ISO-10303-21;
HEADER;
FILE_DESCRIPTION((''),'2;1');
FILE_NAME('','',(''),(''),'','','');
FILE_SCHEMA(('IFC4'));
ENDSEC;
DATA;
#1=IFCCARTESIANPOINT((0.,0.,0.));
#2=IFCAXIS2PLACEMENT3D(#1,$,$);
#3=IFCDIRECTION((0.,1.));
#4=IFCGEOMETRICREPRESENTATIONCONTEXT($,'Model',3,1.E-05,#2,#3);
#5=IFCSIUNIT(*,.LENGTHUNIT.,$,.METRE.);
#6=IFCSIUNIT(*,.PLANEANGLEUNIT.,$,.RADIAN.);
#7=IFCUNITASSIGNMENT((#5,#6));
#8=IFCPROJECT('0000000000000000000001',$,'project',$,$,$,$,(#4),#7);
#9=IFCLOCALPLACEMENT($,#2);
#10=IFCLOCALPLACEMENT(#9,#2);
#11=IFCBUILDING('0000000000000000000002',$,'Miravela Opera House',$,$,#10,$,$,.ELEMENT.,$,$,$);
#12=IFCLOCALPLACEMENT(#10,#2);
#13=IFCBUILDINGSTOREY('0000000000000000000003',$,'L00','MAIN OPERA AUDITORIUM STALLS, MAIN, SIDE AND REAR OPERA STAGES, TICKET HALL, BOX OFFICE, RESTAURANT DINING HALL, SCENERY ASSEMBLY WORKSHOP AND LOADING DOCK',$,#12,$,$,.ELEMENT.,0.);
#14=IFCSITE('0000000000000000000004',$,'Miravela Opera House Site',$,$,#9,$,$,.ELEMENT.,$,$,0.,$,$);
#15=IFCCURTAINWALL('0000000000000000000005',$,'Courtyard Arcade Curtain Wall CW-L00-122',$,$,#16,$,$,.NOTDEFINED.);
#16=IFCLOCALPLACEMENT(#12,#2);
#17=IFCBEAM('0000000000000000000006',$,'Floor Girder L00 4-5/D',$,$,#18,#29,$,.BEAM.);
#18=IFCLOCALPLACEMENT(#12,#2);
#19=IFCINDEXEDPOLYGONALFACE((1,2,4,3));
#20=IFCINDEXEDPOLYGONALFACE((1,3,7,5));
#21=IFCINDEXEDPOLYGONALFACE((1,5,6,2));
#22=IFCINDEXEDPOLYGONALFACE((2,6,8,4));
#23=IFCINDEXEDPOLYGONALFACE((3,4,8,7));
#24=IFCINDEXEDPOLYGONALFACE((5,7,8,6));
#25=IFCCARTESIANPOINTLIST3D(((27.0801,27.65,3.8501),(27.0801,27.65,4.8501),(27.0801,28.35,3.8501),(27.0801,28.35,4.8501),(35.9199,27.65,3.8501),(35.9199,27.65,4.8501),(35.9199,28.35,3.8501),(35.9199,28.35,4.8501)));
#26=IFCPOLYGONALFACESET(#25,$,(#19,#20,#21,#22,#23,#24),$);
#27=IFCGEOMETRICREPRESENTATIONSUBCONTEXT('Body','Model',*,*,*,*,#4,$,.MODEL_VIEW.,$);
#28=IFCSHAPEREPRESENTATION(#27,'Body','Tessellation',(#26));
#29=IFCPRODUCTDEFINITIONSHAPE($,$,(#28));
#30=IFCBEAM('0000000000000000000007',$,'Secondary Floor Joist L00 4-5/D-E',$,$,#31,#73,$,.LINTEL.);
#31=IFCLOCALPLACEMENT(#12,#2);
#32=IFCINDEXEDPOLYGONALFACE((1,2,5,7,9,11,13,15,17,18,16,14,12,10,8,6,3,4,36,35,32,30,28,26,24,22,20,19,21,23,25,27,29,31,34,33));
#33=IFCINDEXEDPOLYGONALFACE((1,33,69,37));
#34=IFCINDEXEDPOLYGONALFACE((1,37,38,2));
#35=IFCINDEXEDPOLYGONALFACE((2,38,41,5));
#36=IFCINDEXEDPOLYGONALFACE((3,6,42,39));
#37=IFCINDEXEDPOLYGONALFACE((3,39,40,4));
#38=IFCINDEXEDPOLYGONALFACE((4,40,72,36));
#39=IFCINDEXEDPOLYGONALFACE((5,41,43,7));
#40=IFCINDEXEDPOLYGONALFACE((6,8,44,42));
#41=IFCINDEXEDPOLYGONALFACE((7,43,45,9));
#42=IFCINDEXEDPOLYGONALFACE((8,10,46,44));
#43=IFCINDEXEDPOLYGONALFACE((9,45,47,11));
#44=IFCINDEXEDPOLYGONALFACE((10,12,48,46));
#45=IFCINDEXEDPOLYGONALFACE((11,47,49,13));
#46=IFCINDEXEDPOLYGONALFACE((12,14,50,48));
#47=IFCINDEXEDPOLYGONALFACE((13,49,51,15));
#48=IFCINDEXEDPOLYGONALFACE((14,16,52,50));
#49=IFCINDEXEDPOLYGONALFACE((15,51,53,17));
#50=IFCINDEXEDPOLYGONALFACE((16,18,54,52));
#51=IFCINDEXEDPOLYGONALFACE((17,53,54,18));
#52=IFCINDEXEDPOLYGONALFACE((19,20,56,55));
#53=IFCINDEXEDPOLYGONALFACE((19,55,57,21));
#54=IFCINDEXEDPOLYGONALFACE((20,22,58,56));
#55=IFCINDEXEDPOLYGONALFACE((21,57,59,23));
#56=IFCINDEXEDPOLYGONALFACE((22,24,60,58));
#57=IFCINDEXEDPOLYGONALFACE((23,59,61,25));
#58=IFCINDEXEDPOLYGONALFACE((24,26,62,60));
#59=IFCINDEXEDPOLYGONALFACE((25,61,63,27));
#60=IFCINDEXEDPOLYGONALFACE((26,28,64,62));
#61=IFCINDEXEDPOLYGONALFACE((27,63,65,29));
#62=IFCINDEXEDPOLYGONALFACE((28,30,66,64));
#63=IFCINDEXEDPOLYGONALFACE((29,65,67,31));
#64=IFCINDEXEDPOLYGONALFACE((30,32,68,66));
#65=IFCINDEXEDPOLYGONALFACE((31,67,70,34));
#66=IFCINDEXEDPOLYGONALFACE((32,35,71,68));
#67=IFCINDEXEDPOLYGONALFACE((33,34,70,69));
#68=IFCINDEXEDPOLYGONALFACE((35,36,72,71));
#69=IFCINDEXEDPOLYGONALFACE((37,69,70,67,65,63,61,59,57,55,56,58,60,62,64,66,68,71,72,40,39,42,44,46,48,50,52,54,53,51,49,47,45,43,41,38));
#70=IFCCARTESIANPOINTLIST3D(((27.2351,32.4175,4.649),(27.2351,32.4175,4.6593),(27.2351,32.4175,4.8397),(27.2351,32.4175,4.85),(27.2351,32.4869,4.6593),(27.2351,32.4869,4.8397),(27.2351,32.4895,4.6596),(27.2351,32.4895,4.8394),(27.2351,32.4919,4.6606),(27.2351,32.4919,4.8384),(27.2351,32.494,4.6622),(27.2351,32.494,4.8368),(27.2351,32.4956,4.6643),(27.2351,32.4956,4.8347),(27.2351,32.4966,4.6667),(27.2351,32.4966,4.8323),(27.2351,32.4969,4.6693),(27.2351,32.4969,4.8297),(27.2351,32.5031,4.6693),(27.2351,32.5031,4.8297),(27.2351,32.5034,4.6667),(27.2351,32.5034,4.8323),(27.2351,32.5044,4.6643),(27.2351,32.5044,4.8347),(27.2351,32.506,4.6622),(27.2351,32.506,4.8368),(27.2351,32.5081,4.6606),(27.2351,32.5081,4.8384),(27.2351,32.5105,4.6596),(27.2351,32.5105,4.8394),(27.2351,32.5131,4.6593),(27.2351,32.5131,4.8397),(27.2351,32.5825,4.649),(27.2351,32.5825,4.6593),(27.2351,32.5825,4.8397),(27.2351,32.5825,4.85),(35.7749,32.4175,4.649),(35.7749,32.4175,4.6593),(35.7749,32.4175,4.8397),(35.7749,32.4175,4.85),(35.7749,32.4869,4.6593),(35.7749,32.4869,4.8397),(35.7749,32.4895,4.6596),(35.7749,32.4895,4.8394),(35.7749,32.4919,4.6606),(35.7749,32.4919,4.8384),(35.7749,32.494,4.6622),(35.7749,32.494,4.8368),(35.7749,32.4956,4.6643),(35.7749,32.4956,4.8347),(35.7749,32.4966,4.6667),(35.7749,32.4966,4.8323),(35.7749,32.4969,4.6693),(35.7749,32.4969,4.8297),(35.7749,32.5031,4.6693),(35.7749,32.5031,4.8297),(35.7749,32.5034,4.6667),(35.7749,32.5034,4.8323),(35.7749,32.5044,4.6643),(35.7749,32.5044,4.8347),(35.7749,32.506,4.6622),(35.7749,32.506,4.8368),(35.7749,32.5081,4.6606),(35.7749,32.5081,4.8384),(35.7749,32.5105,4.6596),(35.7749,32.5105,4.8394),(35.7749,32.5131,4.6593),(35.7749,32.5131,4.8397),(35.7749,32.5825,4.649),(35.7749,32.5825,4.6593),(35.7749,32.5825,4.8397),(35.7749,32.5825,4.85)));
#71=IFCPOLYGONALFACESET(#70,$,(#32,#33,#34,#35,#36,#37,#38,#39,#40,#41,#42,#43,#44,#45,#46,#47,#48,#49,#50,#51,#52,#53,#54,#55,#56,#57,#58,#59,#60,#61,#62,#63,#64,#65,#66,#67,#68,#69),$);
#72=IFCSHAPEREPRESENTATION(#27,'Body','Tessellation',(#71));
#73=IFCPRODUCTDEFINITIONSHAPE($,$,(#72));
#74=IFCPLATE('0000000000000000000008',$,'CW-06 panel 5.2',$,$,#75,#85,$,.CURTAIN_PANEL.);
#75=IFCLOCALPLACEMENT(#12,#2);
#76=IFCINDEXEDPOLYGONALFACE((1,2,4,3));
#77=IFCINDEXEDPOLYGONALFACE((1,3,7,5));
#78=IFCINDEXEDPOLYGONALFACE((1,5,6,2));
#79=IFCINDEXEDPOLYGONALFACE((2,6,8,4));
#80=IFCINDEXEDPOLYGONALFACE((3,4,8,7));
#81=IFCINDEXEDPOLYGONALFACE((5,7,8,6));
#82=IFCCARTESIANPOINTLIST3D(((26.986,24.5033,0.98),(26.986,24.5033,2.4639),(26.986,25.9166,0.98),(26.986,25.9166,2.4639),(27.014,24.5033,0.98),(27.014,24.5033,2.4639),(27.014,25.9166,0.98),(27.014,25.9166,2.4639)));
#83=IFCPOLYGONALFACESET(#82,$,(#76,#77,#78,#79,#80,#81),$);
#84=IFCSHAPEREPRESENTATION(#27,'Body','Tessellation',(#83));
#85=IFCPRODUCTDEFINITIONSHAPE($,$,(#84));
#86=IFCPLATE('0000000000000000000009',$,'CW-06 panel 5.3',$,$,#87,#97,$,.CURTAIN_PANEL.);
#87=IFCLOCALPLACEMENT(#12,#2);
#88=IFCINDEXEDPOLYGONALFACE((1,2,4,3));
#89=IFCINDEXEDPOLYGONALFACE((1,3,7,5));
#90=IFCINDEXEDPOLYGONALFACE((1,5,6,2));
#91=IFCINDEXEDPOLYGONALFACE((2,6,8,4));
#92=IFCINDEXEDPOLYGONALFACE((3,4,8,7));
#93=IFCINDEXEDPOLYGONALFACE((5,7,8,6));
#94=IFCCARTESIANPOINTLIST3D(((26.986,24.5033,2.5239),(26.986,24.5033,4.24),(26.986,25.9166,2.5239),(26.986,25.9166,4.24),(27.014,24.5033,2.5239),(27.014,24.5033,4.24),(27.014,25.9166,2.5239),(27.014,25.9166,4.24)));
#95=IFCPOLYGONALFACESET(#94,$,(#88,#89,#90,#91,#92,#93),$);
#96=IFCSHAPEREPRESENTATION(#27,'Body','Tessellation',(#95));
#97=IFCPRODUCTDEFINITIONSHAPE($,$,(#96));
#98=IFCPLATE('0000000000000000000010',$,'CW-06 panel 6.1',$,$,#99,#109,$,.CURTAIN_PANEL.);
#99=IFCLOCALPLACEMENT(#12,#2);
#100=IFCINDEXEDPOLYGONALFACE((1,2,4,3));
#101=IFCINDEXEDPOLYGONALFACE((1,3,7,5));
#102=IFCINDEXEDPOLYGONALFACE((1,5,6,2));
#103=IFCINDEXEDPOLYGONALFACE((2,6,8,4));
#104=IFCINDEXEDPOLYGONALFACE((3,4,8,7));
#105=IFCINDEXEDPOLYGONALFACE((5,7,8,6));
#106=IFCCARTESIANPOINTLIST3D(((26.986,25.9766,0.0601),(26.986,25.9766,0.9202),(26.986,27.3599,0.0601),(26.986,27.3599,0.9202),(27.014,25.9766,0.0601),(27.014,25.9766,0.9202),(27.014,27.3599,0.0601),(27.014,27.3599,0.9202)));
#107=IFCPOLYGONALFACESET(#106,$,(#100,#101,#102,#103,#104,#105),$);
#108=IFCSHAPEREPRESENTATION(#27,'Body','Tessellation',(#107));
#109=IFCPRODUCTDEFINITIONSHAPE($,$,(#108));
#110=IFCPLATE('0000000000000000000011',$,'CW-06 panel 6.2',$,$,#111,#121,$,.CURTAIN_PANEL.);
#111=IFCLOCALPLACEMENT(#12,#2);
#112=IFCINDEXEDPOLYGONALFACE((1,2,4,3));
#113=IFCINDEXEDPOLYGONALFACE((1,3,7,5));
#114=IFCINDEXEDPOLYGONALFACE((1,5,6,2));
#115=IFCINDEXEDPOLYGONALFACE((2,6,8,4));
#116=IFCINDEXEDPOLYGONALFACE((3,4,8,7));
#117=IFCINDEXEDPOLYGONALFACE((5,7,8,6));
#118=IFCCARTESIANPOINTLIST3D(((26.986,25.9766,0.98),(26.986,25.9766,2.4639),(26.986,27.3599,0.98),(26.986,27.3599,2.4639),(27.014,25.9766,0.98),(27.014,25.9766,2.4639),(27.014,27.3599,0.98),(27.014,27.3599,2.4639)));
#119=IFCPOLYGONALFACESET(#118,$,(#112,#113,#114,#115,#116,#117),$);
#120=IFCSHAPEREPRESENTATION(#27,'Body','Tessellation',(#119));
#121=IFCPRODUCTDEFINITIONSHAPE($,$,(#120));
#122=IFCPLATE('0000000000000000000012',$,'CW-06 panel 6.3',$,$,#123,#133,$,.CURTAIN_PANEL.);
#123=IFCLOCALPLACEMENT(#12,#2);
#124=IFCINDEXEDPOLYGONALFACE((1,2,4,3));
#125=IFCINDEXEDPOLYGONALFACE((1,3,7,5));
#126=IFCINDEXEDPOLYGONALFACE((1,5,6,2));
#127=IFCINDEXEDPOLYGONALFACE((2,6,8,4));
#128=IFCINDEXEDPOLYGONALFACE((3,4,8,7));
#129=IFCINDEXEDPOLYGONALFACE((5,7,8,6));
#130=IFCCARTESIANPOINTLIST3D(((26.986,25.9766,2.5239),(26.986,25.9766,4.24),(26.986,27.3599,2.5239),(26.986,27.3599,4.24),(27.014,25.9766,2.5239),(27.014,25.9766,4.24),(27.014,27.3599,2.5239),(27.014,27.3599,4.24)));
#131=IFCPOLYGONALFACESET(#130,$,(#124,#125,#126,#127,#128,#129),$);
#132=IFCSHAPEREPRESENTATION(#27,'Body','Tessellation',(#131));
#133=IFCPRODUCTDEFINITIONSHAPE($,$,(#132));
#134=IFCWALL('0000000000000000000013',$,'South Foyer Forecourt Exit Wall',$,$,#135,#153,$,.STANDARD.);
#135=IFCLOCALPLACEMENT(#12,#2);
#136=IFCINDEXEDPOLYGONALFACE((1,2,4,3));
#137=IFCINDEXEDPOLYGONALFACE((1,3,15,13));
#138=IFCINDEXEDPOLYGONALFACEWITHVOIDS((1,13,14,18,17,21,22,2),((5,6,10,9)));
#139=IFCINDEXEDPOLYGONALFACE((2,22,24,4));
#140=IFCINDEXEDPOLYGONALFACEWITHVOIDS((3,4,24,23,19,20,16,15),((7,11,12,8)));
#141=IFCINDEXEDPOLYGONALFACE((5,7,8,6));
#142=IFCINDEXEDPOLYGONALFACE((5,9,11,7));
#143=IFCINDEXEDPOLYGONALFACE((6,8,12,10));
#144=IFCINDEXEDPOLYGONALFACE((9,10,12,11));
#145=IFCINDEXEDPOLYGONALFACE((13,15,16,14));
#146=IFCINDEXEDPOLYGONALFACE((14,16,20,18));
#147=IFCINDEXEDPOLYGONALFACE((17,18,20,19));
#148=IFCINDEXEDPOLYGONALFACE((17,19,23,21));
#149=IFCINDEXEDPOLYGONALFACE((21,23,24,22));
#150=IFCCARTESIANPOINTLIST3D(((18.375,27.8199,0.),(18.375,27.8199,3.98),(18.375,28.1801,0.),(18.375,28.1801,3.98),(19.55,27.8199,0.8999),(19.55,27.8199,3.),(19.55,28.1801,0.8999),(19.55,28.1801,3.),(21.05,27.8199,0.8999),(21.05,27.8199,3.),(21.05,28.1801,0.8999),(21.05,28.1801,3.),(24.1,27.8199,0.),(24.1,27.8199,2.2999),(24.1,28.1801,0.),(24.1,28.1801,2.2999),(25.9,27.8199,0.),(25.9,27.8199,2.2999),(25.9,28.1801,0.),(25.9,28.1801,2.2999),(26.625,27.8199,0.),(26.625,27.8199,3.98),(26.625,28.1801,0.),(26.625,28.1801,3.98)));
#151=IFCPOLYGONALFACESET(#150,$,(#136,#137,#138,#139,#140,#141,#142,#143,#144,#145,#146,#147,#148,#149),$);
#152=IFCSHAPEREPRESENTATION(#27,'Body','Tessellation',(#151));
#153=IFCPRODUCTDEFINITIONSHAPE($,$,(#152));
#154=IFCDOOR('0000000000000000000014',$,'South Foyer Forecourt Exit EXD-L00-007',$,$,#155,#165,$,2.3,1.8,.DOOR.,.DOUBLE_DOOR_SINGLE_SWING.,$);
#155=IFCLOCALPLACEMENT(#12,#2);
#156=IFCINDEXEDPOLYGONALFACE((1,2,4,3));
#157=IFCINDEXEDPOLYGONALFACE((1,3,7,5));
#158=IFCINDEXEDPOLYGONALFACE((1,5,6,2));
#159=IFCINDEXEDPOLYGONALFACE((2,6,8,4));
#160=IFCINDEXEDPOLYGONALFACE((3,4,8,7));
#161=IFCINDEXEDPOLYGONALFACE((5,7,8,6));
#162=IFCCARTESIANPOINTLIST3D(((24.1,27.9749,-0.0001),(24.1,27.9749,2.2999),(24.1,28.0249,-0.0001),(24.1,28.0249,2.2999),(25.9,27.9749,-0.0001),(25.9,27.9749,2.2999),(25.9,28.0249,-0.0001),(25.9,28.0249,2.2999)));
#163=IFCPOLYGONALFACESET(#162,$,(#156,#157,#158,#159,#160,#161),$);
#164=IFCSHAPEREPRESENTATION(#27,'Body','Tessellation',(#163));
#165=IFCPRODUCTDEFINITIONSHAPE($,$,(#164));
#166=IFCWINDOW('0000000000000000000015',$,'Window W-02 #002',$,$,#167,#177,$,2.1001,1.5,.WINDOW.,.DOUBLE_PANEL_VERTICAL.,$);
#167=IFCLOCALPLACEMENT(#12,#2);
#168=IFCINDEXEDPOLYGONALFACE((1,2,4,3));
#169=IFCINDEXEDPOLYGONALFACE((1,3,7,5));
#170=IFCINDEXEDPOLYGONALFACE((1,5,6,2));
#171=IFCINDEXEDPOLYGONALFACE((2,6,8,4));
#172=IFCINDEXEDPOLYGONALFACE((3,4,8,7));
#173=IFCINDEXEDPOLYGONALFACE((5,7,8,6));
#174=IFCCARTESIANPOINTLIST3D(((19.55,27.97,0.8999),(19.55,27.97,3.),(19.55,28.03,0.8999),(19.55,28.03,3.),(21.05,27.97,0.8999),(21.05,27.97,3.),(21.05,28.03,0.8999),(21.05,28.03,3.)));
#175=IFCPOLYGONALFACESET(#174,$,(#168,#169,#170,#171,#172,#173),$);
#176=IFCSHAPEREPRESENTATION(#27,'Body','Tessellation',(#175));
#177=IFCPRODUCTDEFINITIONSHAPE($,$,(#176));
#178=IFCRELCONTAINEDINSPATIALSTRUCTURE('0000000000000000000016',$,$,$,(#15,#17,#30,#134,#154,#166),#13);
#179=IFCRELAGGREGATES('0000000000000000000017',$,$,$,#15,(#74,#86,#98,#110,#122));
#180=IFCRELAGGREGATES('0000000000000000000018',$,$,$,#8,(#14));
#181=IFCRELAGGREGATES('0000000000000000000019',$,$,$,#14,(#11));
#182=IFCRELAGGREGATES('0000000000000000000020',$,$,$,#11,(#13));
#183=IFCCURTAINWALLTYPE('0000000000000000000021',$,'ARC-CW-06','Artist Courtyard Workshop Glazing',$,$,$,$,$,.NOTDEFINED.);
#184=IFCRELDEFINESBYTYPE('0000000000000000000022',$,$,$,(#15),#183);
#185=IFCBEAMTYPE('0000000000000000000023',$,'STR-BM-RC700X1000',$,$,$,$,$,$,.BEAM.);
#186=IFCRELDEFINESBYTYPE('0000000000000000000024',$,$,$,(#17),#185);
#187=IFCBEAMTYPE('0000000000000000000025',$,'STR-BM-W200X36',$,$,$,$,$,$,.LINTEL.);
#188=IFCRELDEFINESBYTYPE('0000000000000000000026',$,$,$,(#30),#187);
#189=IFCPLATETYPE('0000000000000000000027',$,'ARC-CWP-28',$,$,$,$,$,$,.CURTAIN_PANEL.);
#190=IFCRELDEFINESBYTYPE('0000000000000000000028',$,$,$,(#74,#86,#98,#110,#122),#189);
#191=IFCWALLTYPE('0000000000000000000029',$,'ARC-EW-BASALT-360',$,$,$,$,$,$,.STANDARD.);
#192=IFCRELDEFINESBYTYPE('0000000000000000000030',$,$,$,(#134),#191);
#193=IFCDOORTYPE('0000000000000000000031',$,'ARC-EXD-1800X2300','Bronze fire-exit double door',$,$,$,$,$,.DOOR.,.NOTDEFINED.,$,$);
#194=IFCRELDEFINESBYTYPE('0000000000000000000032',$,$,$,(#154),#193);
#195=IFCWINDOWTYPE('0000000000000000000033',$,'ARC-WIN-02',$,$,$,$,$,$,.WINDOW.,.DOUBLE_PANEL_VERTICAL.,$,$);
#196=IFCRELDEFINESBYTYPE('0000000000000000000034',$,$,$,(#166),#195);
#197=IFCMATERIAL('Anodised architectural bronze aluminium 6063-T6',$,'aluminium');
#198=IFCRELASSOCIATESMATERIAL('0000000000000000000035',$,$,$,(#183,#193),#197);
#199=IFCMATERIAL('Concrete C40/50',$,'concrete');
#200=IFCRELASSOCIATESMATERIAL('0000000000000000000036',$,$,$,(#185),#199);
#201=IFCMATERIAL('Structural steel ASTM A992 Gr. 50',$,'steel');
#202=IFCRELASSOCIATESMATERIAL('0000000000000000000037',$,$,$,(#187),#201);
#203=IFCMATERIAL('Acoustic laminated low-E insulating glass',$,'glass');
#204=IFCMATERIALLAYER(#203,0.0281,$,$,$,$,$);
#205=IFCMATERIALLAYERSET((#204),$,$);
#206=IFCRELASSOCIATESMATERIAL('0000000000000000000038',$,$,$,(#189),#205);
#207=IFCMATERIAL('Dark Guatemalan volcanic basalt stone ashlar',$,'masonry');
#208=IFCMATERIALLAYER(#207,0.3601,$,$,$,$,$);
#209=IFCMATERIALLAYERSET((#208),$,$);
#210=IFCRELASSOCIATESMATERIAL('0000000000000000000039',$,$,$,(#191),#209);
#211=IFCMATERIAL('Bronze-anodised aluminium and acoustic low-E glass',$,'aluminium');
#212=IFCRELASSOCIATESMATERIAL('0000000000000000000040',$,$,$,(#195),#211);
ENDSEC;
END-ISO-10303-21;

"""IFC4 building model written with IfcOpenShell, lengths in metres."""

from ifc_helpers import new_model, si_unit, direction, frame, frame_2d, origin, origin_2d, place, context, subcontext, project, spatial, rectangle, i_section, extrude, material, layer, layer_set, material_profile, profile_set, type_object, element, fill, aggregate, save


model = new_model("IFC4")

# Units and contexts
model_context = context("Model", 3, precision=1e-05, world=origin(), true_north=direction((0.0, 1.0)))
body_context = subcontext(model_context, "Body", "Model", "MODEL_VIEW")
ifc_project = project(units=[si_unit("LENGTHUNIT", "METRE"), si_unit("PLANEANGLEUNIT", "RADIAN")], contexts=[model_context])

# Site, building, storey
site_placement = place(None, origin())
site = spatial("IfcSite", under=ifc_project, at=site_placement, Name="Miravela Opera House Site", CompositionType="ELEMENT", RefElevation=0.0)
building_placement = place(site_placement, origin())
building = spatial("IfcBuilding", under=site, at=building_placement, Name="Miravela Opera House", CompositionType="ELEMENT")
storey_placement = place(building_placement, origin())
storey = spatial("IfcBuildingStorey", under=building, at=storey_placement, Name="L00", Description="MAIN OPERA AUDITORIUM STALLS, MAIN, SIDE AND REAR OPERA STAGES, TICKET HALL, BOX OFFICE, RESTAURANT DINING HALL, SCENERY ASSEMBLY WORKSHOP AND LOADING DOCK", CompositionType="ELEMENT", Elevation=0.0)

# Shared definitions
ifc_material_1 = material(Name="Concrete C40/50", Category="concrete")

# Curtain wall
ifc_material_2 = material(Name="Anodised architectural bronze aluminium 6063-T6", Category="aluminium")
curtain_wall_type = type_object("IfcCurtainWallType", Name="ARC-CW-06", Description="Artist Courtyard Workshop Glazing", PredefinedType="NOTDEFINED", material=ifc_material_2)
curtain_wall_placement = place(storey_placement, origin())
curtain_wall = element("IfcCurtainWall", 1, at=curtain_wall_placement, inside=storey, type_object=curtain_wall_type, Name="Courtyard Arcade Curtain Wall CW-L00-122", PredefinedType="NOTDEFINED")

# Beams
ifc_material_profile_1 = material_profile(ifc_material_1, rectangle(XDim=0.7, YDim=1.0, at=origin_2d()), Name="RC-BM-700X1000")
ifc_profile_set_1 = profile_set([ifc_material_profile_1])
beam_type_1 = type_object("IfcBeamType", Name="STR-BM-RC700X1000", PredefinedType="BEAM", material=ifc_profile_set_1)
beam_1_placement = place(storey_placement, frame((27.0801, 28.0, 4.3501), z_axis=(1.0, 0.0, 0.0), x_axis=(0.0, 1.0, 0.0)))
element("IfcBeam", 2, at=beam_1_placement, inside=storey, type_object=beam_type_1, Name="Floor Girder L00 4-5/D", PredefinedType="BEAM", context=body_context, shape_type="SweptSolid", body=[
    extrude(rectangle(XDim=0.7, YDim=1.0, at=origin_2d()), origin(), (0.0, 0.0, 1.0), 8.8398),
])
ifc_material_3 = material(Name="Structural steel ASTM A992 Gr. 50", Category="steel")
ifc_material_profile_2 = material_profile(ifc_material_3, i_section(OverallWidth=0.165, OverallDepth=0.2009, WebThickness=0.0061, FlangeThickness=0.0103, FilletRadius=0.01, at=origin_2d()), Name="W200X36")
ifc_profile_set_2 = profile_set([ifc_material_profile_2])
beam_type_2 = type_object("IfcBeamType", Name="STR-BM-W200X36", PredefinedType="LINTEL", material=ifc_profile_set_2)
beam_2_placement = place(storey_placement, frame((27.2351, 32.5, 4.7495), z_axis=(1.0, 0.0, 0.0), x_axis=(0.0, 1.0, 0.0)))
element("IfcBeam", 3, at=beam_2_placement, inside=storey, type_object=beam_type_2, Name="Secondary Floor Joist L00 4-5/D-E", PredefinedType="LINTEL", context=body_context, shape_type="SweptSolid", body=[
    extrude(i_section(OverallWidth=0.165, OverallDepth=0.2009, WebThickness=0.0061, FlangeThickness=0.0103, FilletRadius=0.01, at=origin_2d()), origin(), (0.0, 0.0, 1.0), 8.5398),
])

# Plates
ifc_material_4 = material(Name="Acoustic laminated low-E insulating glass", Category="glass")
ifc_layer_1 = layer(ifc_material_4, 0.0281)
ifc_layer_set_1 = layer_set([ifc_layer_1])
plate_type = type_object("IfcPlateType", Name="ARC-CWP-28", PredefinedType="CURTAIN_PANEL", material=ifc_layer_set_1)
plate_1_placement = place(storey_placement, frame((27.0, 25.21, 0.98), z_axis=(0.0, 0.0, 1.0), x_axis=(0.0, 1.0, 0.0)))
plate_1 = element("IfcPlate", 4, at=plate_1_placement, type_object=plate_type, Name="CW-06 panel 5.2", PredefinedType="CURTAIN_PANEL", context=body_context, shape_type="SweptSolid", body=[
    extrude(rectangle(XDim=1.4133, YDim=0.0281, at=origin_2d()), origin(), (0.0, 0.0, 1.0), 1.4839),
])
plate_2_placement = place(storey_placement, frame((27.0, 25.21, 2.5239), z_axis=(0.0, 0.0, 1.0), x_axis=(0.0, 1.0, 0.0)))
plate_2 = element("IfcPlate", 5, at=plate_2_placement, type_object=plate_type, Name="CW-06 panel 5.3", PredefinedType="CURTAIN_PANEL", context=body_context, shape_type="SweptSolid", body=[
    extrude(rectangle(XDim=1.4133, YDim=0.0281, at=origin_2d()), origin(), (0.0, 0.0, 1.0), 1.7161),
])
plate_3_placement = place(storey_placement, frame((27.0, 26.6682, 0.0601), z_axis=(0.0, 0.0, 1.0), x_axis=(0.0, 1.0, 0.0)))
plate_3 = element("IfcPlate", 6, at=plate_3_placement, type_object=plate_type, Name="CW-06 panel 6.1", PredefinedType="CURTAIN_PANEL", context=body_context, shape_type="SweptSolid", body=[
    extrude(rectangle(XDim=1.3833, YDim=0.0281, at=origin_2d()), origin(), (0.0, 0.0, 1.0), 0.8601),
])
plate_4_placement = place(storey_placement, frame((27.0, 26.6682, 0.98), z_axis=(0.0, 0.0, 1.0), x_axis=(0.0, 1.0, 0.0)))
plate_4 = element("IfcPlate", 7, at=plate_4_placement, type_object=plate_type, Name="CW-06 panel 6.2", PredefinedType="CURTAIN_PANEL", context=body_context, shape_type="SweptSolid", body=[
    extrude(rectangle(XDim=1.3833, YDim=0.0281, at=origin_2d()), origin(), (0.0, 0.0, 1.0), 1.4839),
])
plate_5_placement = place(storey_placement, frame((27.0, 26.6682, 2.5239), z_axis=(0.0, 0.0, 1.0), x_axis=(0.0, 1.0, 0.0)))
plate_5 = element("IfcPlate", 8, at=plate_5_placement, type_object=plate_type, Name="CW-06 panel 6.3", PredefinedType="CURTAIN_PANEL", context=body_context, shape_type="SweptSolid", body=[
    extrude(rectangle(XDim=1.3833, YDim=0.0281, at=origin_2d()), origin(), (0.0, 0.0, 1.0), 1.7161),
])
aggregate(curtain_wall, [plate_1, plate_2, plate_3, plate_4, plate_5])

# Shared definitions
ifc_material_5 = material(Name="Dark Guatemalan volcanic basalt stone ashlar", Category="masonry")
ifc_layer_2 = layer(ifc_material_5, 0.3601)
ifc_layer_set_2 = layer_set([ifc_layer_2])
wall_type_1 = type_object("IfcWallType", Name="ARC-EW-BASALT-360", PredefinedType="STANDARD", material=ifc_layer_set_2)

# Wall, openings, door, window
wall_1_placement = place(storey_placement, frame((18.375, 28.0, 0.0), z_axis=(0.0, 0.0, 1.0), x_axis=(1.0, 0.0, 0.0)))
wall_1 = element("IfcWall", 9, at=wall_1_placement, inside=storey, type_object=wall_type_1, Name="South Foyer Forecourt Exit Wall", PredefinedType="STANDARD", context=body_context, shape_type="SweptSolid", body=[
    extrude(rectangle(XDim=8.25, YDim=0.3601, at=frame_2d((4.125, 0.0))), origin(), (0.0, 0.0, 1.0), 3.98),
])
opening_1_placement = place(wall_1_placement, frame((5.7251, 0.0, 0.0)))
opening_1 = element("IfcOpeningElement", 10, at=opening_1_placement, cuts=wall_1, PredefinedType="OPENING", context=body_context, shape_type="SweptSolid", body=[
    extrude(rectangle(XDim=1.8, YDim=2.3, at=frame_2d((0.8999, 1.1499))), frame((0.0, 0.1899, 0.0), z_axis=(0.0, -1.0, 0.0), x_axis=(1.0, 0.0, 0.0)), (0.0, 0.0, 1.0), 0.3801),
])
opening_2_placement = place(wall_1_placement, frame((1.175, 0.0, 0.8999)))
opening_2 = element("IfcOpeningElement", 11, at=opening_2_placement, cuts=wall_1, PredefinedType="OPENING", context=body_context, shape_type="SweptSolid", body=[
    extrude(rectangle(XDim=1.5, YDim=2.1001, at=frame_2d((0.75, 1.05))), frame((0.0, 0.1899, 0.0), z_axis=(0.0, -1.0, 0.0), x_axis=(1.0, 0.0, 0.0)), (0.0, 0.0, 1.0), 0.3801),
])
door_type_1 = type_object("IfcDoorType", Name="ARC-EXD-1800X2300", Description="Bronze fire-exit double door", OperationType="NOTDEFINED", PredefinedType="DOOR", material=ifc_material_2)
door_1_placement = place(opening_1_placement, origin())
door_1 = element("IfcDoor", 12, at=door_1_placement, inside=storey, type_object=door_type_1, Name="South Foyer Forecourt Exit EXD-L00-007", OperationType="DOUBLE_DOOR_SINGLE_SWING", OverallHeight=2.3, OverallWidth=1.8, PredefinedType="DOOR", context=body_context, shape_type="SweptSolid", body=[
    extrude(rectangle(XDim=1.8, YDim=2.3, at=frame_2d((0.8999, 1.1499))), frame((0.0, 0.0249, 0.0), z_axis=(0.0, -1.0, 0.0), x_axis=(1.0, 0.0, 0.0)), (0.0, 0.0, 1.0), 0.05),
])
fill(opening_1, door_1)
ifc_material_6 = material(Name="Bronze-anodised aluminium and acoustic low-E glass", Category="aluminium")
window_type_1 = type_object("IfcWindowType", Name="ARC-WIN-02", PartitioningType="DOUBLE_PANEL_VERTICAL", PredefinedType="WINDOW", material=ifc_material_6)
window_1_placement = place(opening_2_placement, origin())
window_1 = element("IfcWindow", 13, at=window_1_placement, inside=storey, type_object=window_type_1, Name="Window W-02 #002", OverallHeight=2.1001, OverallWidth=1.5, PartitioningType="DOUBLE_PANEL_VERTICAL", PredefinedType="WINDOW", context=body_context, shape_type="SweptSolid", body=[
    extrude(rectangle(XDim=1.5, YDim=2.1001, at=frame_2d((0.75, 1.05))), frame((0.0, 0.03, 0.0), z_axis=(0.0, -1.0, 0.0), x_axis=(1.0, 0.0, 0.0)), (0.0, 0.0, 1.0), 0.0601),
])
fill(opening_2, window_1)

save(model, "model.ifc")
